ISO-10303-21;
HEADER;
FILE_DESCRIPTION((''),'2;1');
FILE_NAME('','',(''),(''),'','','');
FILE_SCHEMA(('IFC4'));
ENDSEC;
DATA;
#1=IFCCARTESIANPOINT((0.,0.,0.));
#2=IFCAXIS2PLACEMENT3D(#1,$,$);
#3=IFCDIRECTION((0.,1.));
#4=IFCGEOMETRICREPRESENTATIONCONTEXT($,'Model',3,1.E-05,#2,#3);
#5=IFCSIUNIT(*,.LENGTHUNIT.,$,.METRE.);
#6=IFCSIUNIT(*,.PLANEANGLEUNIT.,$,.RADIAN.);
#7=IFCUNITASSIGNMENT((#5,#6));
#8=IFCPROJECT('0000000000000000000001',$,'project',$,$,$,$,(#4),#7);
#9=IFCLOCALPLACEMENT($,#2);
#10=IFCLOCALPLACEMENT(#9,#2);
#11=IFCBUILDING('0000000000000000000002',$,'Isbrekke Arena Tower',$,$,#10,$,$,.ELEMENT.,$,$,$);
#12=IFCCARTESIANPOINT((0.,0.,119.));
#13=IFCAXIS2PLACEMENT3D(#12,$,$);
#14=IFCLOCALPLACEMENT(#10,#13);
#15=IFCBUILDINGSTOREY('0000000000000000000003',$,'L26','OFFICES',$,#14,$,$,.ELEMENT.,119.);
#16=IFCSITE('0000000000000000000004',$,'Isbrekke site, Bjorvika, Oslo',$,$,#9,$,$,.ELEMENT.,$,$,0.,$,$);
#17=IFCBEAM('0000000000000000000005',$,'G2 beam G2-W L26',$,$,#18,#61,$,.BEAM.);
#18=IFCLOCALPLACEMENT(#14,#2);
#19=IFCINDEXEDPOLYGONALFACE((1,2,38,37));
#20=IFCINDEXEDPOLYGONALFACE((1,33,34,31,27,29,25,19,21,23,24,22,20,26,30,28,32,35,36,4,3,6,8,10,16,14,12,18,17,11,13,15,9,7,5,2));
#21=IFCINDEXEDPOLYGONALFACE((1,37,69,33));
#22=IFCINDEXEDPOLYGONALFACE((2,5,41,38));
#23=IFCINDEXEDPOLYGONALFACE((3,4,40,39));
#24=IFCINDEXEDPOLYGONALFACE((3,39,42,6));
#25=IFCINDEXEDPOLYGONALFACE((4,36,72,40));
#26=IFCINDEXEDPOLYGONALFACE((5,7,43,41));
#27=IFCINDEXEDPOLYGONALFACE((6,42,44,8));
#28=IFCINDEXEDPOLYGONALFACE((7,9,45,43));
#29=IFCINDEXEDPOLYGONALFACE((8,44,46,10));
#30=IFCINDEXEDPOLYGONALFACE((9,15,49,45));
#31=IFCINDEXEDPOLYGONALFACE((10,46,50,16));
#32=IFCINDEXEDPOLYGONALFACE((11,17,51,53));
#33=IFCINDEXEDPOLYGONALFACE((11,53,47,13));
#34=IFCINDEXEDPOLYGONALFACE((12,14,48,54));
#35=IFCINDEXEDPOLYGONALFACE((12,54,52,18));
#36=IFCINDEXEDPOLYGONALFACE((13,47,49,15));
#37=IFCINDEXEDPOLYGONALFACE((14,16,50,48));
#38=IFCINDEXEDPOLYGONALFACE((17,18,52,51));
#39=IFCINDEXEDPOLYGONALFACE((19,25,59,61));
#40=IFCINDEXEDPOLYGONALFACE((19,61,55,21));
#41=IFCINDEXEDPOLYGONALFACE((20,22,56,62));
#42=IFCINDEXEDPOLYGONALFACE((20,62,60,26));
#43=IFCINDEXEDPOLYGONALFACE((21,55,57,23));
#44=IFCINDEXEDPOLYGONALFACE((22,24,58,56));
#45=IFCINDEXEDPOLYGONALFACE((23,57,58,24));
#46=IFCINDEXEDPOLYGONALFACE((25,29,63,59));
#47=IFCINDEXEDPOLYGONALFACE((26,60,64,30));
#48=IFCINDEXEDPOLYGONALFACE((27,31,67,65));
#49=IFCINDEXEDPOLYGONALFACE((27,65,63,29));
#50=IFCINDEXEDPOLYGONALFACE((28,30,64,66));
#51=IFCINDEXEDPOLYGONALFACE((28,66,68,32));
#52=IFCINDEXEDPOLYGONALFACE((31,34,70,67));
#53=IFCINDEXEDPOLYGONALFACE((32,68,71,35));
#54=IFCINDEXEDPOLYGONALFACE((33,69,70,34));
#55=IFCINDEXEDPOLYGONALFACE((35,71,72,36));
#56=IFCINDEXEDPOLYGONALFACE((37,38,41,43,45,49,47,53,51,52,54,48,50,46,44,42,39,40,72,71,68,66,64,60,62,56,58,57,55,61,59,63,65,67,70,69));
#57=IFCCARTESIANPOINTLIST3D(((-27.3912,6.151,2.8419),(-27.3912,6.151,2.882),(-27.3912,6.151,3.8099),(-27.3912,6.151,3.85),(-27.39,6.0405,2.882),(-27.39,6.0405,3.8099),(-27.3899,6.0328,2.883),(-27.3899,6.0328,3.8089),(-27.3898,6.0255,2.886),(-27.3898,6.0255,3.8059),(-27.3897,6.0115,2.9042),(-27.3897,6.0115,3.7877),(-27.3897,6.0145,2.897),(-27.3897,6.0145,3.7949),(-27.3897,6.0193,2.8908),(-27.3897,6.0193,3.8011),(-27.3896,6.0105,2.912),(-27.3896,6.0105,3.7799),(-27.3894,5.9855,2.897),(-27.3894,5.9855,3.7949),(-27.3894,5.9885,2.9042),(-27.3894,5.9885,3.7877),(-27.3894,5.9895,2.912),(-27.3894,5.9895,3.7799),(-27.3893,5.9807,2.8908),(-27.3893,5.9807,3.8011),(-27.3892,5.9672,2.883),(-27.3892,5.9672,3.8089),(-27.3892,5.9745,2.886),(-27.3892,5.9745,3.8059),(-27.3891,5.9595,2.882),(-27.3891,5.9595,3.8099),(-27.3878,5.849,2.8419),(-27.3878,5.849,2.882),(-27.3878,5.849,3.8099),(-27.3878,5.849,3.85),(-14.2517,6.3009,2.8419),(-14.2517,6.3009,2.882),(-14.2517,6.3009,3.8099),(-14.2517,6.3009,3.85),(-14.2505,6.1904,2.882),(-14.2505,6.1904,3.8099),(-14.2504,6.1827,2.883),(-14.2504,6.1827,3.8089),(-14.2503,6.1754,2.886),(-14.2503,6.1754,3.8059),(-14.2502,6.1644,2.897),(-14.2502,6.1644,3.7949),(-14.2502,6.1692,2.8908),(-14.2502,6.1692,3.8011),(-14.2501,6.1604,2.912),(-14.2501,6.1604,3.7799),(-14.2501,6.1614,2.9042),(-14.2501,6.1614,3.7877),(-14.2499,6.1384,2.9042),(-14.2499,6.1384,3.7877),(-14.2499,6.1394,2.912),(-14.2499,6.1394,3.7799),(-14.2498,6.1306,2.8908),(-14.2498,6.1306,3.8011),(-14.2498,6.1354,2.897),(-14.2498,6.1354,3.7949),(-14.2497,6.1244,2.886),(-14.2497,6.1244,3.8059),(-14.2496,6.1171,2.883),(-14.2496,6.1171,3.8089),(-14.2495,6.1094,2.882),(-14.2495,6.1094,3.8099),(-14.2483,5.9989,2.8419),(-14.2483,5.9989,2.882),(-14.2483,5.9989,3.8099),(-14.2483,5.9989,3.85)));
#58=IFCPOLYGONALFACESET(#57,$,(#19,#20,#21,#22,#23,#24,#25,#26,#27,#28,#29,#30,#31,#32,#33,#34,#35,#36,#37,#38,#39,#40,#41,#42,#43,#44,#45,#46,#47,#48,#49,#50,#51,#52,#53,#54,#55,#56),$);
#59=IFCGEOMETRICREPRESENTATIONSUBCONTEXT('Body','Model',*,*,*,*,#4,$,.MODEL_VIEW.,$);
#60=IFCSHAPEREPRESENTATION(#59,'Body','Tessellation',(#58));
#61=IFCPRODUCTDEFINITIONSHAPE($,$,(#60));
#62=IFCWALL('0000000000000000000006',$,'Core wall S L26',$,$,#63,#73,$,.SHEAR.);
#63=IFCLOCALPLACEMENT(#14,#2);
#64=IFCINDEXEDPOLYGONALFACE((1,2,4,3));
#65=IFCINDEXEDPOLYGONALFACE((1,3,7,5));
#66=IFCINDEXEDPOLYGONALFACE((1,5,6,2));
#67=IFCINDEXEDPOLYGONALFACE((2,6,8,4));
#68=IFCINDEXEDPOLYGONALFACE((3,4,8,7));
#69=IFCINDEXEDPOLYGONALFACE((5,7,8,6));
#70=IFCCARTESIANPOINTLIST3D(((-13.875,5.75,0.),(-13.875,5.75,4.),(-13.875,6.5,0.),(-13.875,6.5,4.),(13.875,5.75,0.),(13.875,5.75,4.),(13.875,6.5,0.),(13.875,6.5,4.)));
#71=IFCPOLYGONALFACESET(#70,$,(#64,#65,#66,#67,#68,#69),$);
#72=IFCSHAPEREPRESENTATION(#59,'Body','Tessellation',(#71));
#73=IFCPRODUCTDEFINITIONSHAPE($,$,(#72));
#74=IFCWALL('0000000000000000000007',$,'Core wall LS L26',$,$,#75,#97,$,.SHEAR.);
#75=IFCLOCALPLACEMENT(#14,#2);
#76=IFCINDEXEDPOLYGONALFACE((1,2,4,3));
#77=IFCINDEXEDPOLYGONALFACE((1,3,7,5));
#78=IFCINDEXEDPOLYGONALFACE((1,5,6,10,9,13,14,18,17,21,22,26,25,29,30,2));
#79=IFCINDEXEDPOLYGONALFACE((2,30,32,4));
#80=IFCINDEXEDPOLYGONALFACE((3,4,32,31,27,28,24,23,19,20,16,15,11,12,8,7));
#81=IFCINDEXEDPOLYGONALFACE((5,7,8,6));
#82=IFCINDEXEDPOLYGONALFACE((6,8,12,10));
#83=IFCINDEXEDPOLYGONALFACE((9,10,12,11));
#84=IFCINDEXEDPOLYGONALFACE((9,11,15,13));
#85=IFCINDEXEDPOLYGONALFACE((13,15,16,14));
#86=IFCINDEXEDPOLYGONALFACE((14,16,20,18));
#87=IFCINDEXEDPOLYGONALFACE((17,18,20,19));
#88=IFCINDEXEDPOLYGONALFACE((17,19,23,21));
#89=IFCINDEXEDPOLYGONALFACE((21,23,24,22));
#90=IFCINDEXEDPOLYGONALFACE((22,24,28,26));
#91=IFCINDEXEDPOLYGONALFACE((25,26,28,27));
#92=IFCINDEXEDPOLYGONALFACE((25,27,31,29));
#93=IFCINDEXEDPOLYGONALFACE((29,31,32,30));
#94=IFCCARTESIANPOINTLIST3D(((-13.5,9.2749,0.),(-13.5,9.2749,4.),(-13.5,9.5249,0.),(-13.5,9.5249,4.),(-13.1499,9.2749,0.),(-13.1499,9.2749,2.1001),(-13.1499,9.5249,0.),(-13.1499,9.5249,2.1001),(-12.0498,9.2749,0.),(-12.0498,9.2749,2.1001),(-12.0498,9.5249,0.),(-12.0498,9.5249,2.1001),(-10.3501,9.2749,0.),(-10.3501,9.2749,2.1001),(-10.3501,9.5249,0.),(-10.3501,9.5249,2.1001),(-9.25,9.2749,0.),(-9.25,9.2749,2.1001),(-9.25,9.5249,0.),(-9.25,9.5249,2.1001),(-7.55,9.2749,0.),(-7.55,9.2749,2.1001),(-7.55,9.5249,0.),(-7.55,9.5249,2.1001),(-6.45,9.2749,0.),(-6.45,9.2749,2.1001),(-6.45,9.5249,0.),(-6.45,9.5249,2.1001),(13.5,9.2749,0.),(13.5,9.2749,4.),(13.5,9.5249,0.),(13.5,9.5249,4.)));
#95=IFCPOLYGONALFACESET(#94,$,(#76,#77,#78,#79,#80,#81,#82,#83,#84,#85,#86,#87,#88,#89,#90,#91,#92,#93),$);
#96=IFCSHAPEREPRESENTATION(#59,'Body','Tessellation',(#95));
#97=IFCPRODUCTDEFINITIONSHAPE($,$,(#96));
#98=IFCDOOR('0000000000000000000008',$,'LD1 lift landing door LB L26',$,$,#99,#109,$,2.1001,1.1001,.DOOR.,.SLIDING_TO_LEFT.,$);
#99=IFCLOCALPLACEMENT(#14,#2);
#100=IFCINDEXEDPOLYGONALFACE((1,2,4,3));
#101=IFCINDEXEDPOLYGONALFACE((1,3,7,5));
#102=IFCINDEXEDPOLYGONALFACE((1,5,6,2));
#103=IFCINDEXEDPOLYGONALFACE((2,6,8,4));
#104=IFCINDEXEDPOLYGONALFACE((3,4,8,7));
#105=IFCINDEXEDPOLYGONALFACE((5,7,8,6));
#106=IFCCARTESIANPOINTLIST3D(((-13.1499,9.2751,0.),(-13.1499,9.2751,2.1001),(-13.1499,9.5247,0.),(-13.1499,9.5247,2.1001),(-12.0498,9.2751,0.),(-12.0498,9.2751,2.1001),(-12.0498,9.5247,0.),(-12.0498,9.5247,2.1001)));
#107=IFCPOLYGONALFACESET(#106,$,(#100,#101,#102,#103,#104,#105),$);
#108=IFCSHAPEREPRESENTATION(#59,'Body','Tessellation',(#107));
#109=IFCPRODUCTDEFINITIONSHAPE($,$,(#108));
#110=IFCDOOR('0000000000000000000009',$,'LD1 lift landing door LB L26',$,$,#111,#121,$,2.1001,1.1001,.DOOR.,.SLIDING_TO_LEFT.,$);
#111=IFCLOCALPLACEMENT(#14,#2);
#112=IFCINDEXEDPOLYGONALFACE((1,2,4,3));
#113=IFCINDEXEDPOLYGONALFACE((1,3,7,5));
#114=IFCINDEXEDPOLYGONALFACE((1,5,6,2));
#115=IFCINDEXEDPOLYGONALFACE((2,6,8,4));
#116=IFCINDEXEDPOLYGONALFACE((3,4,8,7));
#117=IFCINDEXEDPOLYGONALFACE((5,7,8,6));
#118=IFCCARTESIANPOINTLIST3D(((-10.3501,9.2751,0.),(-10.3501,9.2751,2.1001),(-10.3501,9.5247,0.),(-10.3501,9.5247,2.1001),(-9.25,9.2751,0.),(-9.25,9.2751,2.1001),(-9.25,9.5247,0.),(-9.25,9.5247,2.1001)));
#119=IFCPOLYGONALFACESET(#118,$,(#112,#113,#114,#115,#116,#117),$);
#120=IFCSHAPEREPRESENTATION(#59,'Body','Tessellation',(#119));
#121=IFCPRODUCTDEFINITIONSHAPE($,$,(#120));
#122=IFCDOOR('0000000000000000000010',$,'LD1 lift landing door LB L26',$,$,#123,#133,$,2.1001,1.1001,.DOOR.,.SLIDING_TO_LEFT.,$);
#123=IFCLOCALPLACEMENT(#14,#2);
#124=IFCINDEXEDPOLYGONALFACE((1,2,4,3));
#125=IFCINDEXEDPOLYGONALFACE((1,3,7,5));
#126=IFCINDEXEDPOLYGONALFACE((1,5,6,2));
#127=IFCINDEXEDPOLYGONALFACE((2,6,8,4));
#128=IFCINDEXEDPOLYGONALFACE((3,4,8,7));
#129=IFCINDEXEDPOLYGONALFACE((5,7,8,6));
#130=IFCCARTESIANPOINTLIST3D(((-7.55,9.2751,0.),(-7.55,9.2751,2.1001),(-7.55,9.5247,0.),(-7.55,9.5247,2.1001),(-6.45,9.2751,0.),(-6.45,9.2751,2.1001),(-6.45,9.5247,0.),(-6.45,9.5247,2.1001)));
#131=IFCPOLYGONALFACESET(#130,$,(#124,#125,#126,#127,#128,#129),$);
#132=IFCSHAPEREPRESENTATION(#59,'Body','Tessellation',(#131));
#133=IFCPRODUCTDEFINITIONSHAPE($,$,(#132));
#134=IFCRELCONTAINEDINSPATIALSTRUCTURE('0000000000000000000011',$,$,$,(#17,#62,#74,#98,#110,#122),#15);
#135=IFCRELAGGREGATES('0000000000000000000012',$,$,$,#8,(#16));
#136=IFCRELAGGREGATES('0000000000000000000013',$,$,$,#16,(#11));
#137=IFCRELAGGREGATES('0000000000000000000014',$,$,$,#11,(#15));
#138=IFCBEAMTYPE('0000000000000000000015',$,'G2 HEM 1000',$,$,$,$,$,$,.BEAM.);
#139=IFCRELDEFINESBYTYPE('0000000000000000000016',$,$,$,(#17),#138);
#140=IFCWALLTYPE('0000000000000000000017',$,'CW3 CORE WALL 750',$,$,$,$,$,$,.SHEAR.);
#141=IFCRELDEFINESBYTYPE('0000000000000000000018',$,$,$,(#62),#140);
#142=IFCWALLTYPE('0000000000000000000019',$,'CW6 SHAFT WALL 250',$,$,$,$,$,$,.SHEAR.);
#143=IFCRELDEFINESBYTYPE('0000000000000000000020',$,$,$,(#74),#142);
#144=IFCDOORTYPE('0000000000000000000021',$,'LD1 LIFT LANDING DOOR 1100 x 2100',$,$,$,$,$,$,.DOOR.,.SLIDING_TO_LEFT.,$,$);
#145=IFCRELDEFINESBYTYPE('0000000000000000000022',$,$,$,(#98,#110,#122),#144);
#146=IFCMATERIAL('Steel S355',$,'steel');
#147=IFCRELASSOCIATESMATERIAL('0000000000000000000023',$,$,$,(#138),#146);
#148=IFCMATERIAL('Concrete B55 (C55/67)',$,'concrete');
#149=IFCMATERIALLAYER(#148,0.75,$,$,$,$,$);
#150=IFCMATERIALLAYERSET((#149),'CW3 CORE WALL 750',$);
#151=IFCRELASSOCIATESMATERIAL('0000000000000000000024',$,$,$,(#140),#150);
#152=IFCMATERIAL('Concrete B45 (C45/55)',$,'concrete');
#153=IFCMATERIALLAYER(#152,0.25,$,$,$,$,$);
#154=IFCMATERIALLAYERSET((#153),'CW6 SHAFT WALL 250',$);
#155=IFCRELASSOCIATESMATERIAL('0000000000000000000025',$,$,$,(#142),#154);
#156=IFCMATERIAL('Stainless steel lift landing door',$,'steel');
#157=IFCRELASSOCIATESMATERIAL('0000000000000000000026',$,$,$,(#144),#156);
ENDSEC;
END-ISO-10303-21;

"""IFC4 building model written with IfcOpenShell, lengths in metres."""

from ifc_helpers import new_model, si_unit, direction, frame, frame_2d, origin, origin_2d, place, context, subcontext, project, spatial, rectangle, i_section, extrude, material, layer, layer_set, material_profile, profile_set, type_object, element, fill, save


model = new_model("IFC4")

# Units and contexts
model_context = context("Model", 3, precision=1e-05, world=origin(), true_north=direction((0.0, 1.0)))
body_context = subcontext(model_context, "Body", "Model", "MODEL_VIEW")
ifc_project = project(units=[si_unit("LENGTHUNIT", "METRE"), si_unit("PLANEANGLEUNIT", "RADIAN")], contexts=[model_context])

# Site, building, storey
site_placement = place(None, origin())
site = spatial("IfcSite", under=ifc_project, at=site_placement, Name="Isbrekke site, Bjorvika, Oslo", CompositionType="ELEMENT", RefElevation=0.0)
building_placement = place(site_placement, origin())
building = spatial("IfcBuilding", under=site, at=building_placement, Name="Isbrekke Arena Tower", CompositionType="ELEMENT")
storey_placement = place(building_placement, frame((0.0, 0.0, 119.0)))
storey = spatial("IfcBuildingStorey", under=building, at=storey_placement, Name="L26", Description="OFFICES", CompositionType="ELEMENT", Elevation=119.0)

# Beam
ifc_material_1 = material(Name="Steel S355", Category="steel")
ifc_material_profile = material_profile(ifc_material_1, i_section(OverallWidth=0.302, OverallDepth=1.0081, WebThickness=0.021, FlangeThickness=0.04, FilletRadius=0.03, at=origin_2d()), Name="HEM 1000")
ifc_profile_set = profile_set([ifc_material_profile], Name="Steel S355")
beam_type = type_object("IfcBeamType", Name="G2 HEM 1000", PredefinedType="BEAM", material=ifc_profile_set)
beam_placement = place(storey_placement, frame((-14.25, 6.1499, 3.3459), z_axis=(-0.999935, -0.011408, 0.0), x_axis=(0.011408, -0.999935, 0.0)))
element("IfcBeam", 1, at=beam_placement, inside=storey, type_object=beam_type, Name="G2 beam G2-W L26", PredefinedType="BEAM", context=body_context, shape_type="SweptSolid", body=[
    extrude(i_section(OverallWidth=0.302, OverallDepth=1.0081, WebThickness=0.021, FlangeThickness=0.04, FilletRadius=0.03, at=origin_2d()), origin(), (0.0, 0.0, 1.0), 13.1404),
])

# Wall
ifc_material_2 = material(Name="Concrete B55 (C55/67)", Category="concrete")
ifc_layer_1 = layer(ifc_material_2, 0.75)
ifc_layer_set_1 = layer_set([ifc_layer_1], Name="CW3 CORE WALL 750")
wall_type_1 = type_object("IfcWallType", Name="CW3 CORE WALL 750", PredefinedType="SHEAR", material=ifc_layer_set_1)
wall_1_placement = place(storey_placement, frame((-13.875, 6.125, 0.0), z_axis=(0.0, 0.0, 1.0), x_axis=(1.0, 0.0, 0.0)))
element("IfcWall", 2, at=wall_1_placement, inside=storey, type_object=wall_type_1, Name="Core wall S L26", PredefinedType="SHEAR", context=body_context, shape_type="SweptSolid", body=[
    extrude(rectangle(XDim=27.75, YDim=0.75, at=frame_2d((13.875, 0.0))), origin(), (0.0, 0.0, 1.0), 4.0),
])

# Wall, openings, doors
ifc_material_3 = material(Name="Concrete B45 (C45/55)", Category="concrete")
ifc_layer_2 = layer(ifc_material_3, 0.25)
ifc_layer_set_2 = layer_set([ifc_layer_2], Name="CW6 SHAFT WALL 250")
wall_type_2 = type_object("IfcWallType", Name="CW6 SHAFT WALL 250", PredefinedType="SHEAR", material=ifc_layer_set_2)
wall_2_placement = place(storey_placement, frame((-13.5, 9.3999, 0.0), z_axis=(0.0, 0.0, 1.0), x_axis=(1.0, 0.0, 0.0)))
wall_2 = element("IfcWall", 3, at=wall_2_placement, inside=storey, type_object=wall_type_2, Name="Core wall LS L26", PredefinedType="SHEAR", context=body_context, shape_type="SweptSolid", body=[
    extrude(rectangle(XDim=27.0, YDim=0.25, at=frame_2d((13.5, 0.0))), origin(), (0.0, 0.0, 1.0), 4.0),
])
opening_1_placement = place(wall_2_placement, frame((0.3501, 0.0, 0.0)))
opening_1 = element("IfcOpeningElement", 4, at=opening_1_placement, cuts=wall_2, PredefinedType="OPENING", context=body_context, shape_type="SweptSolid", body=[
    extrude(rectangle(XDim=1.1001, YDim=2.1001, at=frame_2d((0.55, 1.05))), frame((0.0, 0.1399, 0.0), z_axis=(0.0, -1.0, 0.0), x_axis=(1.0, 0.0, 0.0)), (0.0, 0.0, 1.0), 0.2798),
])
opening_2_placement = place(wall_2_placement, frame((3.1499, 0.0, 0.0)))
opening_2 = element("IfcOpeningElement", 5, at=opening_2_placement, cuts=wall_2, PredefinedType="OPENING", context=body_context, shape_type="SweptSolid", body=[
    extrude(rectangle(XDim=1.1001, YDim=2.1001, at=frame_2d((0.55, 1.05))), frame((0.0, 0.1399, 0.0), z_axis=(0.0, -1.0, 0.0), x_axis=(1.0, 0.0, 0.0)), (0.0, 0.0, 1.0), 0.2798),
])
opening_3_placement = place(wall_2_placement, frame((5.95, 0.0, 0.0)))
opening_3 = element("IfcOpeningElement", 6, at=opening_3_placement, cuts=wall_2, PredefinedType="OPENING", context=body_context, shape_type="SweptSolid", body=[
    extrude(rectangle(XDim=1.1001, YDim=2.1001, at=frame_2d((0.55, 1.05))), frame((0.0, 0.1399, 0.0), z_axis=(0.0, -1.0, 0.0), x_axis=(1.0, 0.0, 0.0)), (0.0, 0.0, 1.0), 0.2798),
])
ifc_material_4 = material(Name="Stainless steel lift landing door", Category="steel")
door_type_1 = type_object("IfcDoorType", Name="LD1 LIFT LANDING DOOR 1100 x 2100", OperationType="SLIDING_TO_LEFT", PredefinedType="DOOR", material=ifc_material_4)
door_1_placement = place(opening_1_placement, origin())
door_1 = element("IfcDoor", 7, at=door_1_placement, inside=storey, type_object=door_type_1, Name="LD1 lift landing door LB L26", OperationType="SLIDING_TO_LEFT", OverallHeight=2.1001, OverallWidth=1.1001, PredefinedType="DOOR", context=body_context, shape_type="SweptSolid", body=[
    extrude(rectangle(XDim=1.1001, YDim=2.1001, at=frame_2d((0.55, 1.05))), frame((0.0, 0.1248, 0.0), z_axis=(0.0, -1.0, 0.0), x_axis=(1.0, 0.0, 0.0)), (0.0, 0.0, 1.0), 0.2495),
])
fill(opening_1, door_1)
door_2_placement = place(opening_2_placement, origin())
door_2 = element("IfcDoor", 8, at=door_2_placement, inside=storey, type_object=door_type_1, Name="LD1 lift landing door LB L26", OperationType="SLIDING_TO_LEFT", OverallHeight=2.1001, OverallWidth=1.1001, PredefinedType="DOOR", context=body_context, shape_type="SweptSolid", body=[
    extrude(rectangle(XDim=1.1001, YDim=2.1001, at=frame_2d((0.55, 1.05))), frame((0.0, 0.1248, 0.0), z_axis=(0.0, -1.0, 0.0), x_axis=(1.0, 0.0, 0.0)), (0.0, 0.0, 1.0), 0.2495),
])
fill(opening_2, door_2)
door_3_placement = place(opening_3_placement, origin())
door_3 = element("IfcDoor", 9, at=door_3_placement, inside=storey, type_object=door_type_1, Name="LD1 lift landing door LB L26", OperationType="SLIDING_TO_LEFT", OverallHeight=2.1001, OverallWidth=1.1001, PredefinedType="DOOR", context=body_context, shape_type="SweptSolid", body=[
    extrude(rectangle(XDim=1.1001, YDim=2.1001, at=frame_2d((0.55, 1.05))), frame((0.0, 0.1248, 0.0), z_axis=(0.0, -1.0, 0.0), x_axis=(1.0, 0.0, 0.0)), (0.0, 0.0, 1.0), 0.2495),
])
fill(opening_3, door_3)

save(model, "model.ifc")
